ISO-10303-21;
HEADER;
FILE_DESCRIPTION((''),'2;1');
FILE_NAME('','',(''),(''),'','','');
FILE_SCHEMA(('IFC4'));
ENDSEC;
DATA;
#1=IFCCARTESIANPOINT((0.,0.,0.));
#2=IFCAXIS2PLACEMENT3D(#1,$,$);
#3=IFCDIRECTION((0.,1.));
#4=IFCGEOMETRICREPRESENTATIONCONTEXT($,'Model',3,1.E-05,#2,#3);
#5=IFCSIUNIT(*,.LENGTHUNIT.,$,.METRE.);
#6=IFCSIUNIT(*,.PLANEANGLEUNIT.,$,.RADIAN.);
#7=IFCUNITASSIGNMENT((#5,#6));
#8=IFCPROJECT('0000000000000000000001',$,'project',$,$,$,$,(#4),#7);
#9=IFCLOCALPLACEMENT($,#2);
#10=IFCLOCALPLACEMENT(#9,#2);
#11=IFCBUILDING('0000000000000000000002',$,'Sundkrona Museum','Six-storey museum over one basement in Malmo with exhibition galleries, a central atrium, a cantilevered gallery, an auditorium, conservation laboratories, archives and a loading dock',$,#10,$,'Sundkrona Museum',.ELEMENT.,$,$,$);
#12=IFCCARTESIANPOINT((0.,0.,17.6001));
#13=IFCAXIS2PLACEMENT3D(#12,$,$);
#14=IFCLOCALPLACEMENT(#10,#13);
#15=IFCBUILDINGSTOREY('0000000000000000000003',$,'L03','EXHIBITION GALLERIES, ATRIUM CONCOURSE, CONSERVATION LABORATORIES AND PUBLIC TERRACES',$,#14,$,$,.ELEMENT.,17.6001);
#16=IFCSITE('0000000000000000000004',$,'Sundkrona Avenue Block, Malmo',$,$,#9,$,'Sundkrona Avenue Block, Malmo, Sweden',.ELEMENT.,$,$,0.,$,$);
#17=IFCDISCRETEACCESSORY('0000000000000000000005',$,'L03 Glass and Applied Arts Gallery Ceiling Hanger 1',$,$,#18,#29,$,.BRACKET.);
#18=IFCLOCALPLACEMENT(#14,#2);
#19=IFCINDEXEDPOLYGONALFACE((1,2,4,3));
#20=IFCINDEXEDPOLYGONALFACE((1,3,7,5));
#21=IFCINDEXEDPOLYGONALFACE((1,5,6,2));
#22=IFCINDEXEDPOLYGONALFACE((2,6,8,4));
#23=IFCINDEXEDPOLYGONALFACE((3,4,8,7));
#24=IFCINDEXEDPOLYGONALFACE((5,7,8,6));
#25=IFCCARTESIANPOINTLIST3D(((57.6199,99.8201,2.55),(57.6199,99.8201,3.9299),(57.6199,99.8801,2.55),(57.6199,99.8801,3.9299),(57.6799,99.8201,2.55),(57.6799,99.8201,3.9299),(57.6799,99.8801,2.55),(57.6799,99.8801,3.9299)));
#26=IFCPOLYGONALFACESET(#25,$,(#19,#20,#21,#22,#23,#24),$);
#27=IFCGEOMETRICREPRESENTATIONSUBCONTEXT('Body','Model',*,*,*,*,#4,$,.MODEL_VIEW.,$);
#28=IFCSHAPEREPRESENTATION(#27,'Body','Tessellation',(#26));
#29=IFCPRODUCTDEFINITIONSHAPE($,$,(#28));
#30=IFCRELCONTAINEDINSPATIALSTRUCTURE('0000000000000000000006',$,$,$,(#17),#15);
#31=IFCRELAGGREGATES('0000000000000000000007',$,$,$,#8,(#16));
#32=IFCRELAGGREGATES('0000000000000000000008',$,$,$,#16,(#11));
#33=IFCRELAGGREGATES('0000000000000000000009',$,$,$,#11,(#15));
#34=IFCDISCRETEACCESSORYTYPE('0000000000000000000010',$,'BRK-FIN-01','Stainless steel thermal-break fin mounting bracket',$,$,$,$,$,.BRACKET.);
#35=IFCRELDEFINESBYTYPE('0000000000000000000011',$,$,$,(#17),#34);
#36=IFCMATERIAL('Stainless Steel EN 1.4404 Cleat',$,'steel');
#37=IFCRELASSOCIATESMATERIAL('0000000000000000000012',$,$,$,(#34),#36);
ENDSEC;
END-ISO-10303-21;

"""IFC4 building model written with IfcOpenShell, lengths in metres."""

from ifc_helpers import new_model, si_unit, direction, frame, origin, origin_2d, place, context, subcontext, project, spatial, rectangle, extrude, material, type_object, element, save


model = new_model("IFC4")

# Units and contexts
model_context = context("Model", 3, precision=1e-05, world=origin(), true_north=direction((0.0, 1.0)))
body_context = subcontext(model_context, "Body", "Model", "MODEL_VIEW")
ifc_project = project(units=[si_unit("LENGTHUNIT", "METRE"), si_unit("PLANEANGLEUNIT", "RADIAN")], contexts=[model_context])

# Site, building, storey
site_placement = place(None, origin())
site = spatial("IfcSite", under=ifc_project, at=site_placement, Name="Sundkrona Avenue Block, Malmo", LongName="Sundkrona Avenue Block, Malmo, Sweden", CompositionType="ELEMENT", RefElevation=0.0)
building_placement = place(site_placement, origin())
building = spatial("IfcBuilding", under=site, at=building_placement, Name="Sundkrona Museum", Description="Six-storey museum over one basement in Malmo with exhibition galleries, a central atrium, a cantilevered gallery, an auditorium, conservation laboratories, archives and a loading dock", LongName="Sundkrona Museum", CompositionType="ELEMENT")
storey_placement = place(building_placement, frame((0.0, 0.0, 17.6001)))
storey = spatial("IfcBuildingStorey", under=building, at=storey_placement, Name="L03", Description="EXHIBITION GALLERIES, ATRIUM CONCOURSE, CONSERVATION LABORATORIES AND PUBLIC TERRACES", CompositionType="ELEMENT", Elevation=17.6001)

# Discrete accessory
ifc_material_1 = material(Name="Stainless Steel EN 1.4404 Cleat", Category="steel")
discrete_accessory_type = type_object("IfcDiscreteAccessoryType", Name="BRK-FIN-01", Description="Stainless steel thermal-break fin mounting bracket", PredefinedType="BRACKET", material=ifc_material_1)
discrete_accessory_placement = place(storey_placement, frame((57.6499, 99.8501, 2.55), z_axis=(0.0, 0.0, 1.0), x_axis=(1.0, 0.0, 0.0)))
element("IfcDiscreteAccessory", 1, at=discrete_accessory_placement, inside=storey, type_object=discrete_accessory_type, Name="L03 Glass and Applied Arts Gallery Ceiling Hanger 1", PredefinedType="BRACKET", context=body_context, shape_type="SweptSolid", body=[
    extrude(rectangle(XDim=0.0601, YDim=0.0601, at=origin_2d()), origin(), (0.0, 0.0, 1.0), 1.3799),
])

save(model, "model.ifc")
